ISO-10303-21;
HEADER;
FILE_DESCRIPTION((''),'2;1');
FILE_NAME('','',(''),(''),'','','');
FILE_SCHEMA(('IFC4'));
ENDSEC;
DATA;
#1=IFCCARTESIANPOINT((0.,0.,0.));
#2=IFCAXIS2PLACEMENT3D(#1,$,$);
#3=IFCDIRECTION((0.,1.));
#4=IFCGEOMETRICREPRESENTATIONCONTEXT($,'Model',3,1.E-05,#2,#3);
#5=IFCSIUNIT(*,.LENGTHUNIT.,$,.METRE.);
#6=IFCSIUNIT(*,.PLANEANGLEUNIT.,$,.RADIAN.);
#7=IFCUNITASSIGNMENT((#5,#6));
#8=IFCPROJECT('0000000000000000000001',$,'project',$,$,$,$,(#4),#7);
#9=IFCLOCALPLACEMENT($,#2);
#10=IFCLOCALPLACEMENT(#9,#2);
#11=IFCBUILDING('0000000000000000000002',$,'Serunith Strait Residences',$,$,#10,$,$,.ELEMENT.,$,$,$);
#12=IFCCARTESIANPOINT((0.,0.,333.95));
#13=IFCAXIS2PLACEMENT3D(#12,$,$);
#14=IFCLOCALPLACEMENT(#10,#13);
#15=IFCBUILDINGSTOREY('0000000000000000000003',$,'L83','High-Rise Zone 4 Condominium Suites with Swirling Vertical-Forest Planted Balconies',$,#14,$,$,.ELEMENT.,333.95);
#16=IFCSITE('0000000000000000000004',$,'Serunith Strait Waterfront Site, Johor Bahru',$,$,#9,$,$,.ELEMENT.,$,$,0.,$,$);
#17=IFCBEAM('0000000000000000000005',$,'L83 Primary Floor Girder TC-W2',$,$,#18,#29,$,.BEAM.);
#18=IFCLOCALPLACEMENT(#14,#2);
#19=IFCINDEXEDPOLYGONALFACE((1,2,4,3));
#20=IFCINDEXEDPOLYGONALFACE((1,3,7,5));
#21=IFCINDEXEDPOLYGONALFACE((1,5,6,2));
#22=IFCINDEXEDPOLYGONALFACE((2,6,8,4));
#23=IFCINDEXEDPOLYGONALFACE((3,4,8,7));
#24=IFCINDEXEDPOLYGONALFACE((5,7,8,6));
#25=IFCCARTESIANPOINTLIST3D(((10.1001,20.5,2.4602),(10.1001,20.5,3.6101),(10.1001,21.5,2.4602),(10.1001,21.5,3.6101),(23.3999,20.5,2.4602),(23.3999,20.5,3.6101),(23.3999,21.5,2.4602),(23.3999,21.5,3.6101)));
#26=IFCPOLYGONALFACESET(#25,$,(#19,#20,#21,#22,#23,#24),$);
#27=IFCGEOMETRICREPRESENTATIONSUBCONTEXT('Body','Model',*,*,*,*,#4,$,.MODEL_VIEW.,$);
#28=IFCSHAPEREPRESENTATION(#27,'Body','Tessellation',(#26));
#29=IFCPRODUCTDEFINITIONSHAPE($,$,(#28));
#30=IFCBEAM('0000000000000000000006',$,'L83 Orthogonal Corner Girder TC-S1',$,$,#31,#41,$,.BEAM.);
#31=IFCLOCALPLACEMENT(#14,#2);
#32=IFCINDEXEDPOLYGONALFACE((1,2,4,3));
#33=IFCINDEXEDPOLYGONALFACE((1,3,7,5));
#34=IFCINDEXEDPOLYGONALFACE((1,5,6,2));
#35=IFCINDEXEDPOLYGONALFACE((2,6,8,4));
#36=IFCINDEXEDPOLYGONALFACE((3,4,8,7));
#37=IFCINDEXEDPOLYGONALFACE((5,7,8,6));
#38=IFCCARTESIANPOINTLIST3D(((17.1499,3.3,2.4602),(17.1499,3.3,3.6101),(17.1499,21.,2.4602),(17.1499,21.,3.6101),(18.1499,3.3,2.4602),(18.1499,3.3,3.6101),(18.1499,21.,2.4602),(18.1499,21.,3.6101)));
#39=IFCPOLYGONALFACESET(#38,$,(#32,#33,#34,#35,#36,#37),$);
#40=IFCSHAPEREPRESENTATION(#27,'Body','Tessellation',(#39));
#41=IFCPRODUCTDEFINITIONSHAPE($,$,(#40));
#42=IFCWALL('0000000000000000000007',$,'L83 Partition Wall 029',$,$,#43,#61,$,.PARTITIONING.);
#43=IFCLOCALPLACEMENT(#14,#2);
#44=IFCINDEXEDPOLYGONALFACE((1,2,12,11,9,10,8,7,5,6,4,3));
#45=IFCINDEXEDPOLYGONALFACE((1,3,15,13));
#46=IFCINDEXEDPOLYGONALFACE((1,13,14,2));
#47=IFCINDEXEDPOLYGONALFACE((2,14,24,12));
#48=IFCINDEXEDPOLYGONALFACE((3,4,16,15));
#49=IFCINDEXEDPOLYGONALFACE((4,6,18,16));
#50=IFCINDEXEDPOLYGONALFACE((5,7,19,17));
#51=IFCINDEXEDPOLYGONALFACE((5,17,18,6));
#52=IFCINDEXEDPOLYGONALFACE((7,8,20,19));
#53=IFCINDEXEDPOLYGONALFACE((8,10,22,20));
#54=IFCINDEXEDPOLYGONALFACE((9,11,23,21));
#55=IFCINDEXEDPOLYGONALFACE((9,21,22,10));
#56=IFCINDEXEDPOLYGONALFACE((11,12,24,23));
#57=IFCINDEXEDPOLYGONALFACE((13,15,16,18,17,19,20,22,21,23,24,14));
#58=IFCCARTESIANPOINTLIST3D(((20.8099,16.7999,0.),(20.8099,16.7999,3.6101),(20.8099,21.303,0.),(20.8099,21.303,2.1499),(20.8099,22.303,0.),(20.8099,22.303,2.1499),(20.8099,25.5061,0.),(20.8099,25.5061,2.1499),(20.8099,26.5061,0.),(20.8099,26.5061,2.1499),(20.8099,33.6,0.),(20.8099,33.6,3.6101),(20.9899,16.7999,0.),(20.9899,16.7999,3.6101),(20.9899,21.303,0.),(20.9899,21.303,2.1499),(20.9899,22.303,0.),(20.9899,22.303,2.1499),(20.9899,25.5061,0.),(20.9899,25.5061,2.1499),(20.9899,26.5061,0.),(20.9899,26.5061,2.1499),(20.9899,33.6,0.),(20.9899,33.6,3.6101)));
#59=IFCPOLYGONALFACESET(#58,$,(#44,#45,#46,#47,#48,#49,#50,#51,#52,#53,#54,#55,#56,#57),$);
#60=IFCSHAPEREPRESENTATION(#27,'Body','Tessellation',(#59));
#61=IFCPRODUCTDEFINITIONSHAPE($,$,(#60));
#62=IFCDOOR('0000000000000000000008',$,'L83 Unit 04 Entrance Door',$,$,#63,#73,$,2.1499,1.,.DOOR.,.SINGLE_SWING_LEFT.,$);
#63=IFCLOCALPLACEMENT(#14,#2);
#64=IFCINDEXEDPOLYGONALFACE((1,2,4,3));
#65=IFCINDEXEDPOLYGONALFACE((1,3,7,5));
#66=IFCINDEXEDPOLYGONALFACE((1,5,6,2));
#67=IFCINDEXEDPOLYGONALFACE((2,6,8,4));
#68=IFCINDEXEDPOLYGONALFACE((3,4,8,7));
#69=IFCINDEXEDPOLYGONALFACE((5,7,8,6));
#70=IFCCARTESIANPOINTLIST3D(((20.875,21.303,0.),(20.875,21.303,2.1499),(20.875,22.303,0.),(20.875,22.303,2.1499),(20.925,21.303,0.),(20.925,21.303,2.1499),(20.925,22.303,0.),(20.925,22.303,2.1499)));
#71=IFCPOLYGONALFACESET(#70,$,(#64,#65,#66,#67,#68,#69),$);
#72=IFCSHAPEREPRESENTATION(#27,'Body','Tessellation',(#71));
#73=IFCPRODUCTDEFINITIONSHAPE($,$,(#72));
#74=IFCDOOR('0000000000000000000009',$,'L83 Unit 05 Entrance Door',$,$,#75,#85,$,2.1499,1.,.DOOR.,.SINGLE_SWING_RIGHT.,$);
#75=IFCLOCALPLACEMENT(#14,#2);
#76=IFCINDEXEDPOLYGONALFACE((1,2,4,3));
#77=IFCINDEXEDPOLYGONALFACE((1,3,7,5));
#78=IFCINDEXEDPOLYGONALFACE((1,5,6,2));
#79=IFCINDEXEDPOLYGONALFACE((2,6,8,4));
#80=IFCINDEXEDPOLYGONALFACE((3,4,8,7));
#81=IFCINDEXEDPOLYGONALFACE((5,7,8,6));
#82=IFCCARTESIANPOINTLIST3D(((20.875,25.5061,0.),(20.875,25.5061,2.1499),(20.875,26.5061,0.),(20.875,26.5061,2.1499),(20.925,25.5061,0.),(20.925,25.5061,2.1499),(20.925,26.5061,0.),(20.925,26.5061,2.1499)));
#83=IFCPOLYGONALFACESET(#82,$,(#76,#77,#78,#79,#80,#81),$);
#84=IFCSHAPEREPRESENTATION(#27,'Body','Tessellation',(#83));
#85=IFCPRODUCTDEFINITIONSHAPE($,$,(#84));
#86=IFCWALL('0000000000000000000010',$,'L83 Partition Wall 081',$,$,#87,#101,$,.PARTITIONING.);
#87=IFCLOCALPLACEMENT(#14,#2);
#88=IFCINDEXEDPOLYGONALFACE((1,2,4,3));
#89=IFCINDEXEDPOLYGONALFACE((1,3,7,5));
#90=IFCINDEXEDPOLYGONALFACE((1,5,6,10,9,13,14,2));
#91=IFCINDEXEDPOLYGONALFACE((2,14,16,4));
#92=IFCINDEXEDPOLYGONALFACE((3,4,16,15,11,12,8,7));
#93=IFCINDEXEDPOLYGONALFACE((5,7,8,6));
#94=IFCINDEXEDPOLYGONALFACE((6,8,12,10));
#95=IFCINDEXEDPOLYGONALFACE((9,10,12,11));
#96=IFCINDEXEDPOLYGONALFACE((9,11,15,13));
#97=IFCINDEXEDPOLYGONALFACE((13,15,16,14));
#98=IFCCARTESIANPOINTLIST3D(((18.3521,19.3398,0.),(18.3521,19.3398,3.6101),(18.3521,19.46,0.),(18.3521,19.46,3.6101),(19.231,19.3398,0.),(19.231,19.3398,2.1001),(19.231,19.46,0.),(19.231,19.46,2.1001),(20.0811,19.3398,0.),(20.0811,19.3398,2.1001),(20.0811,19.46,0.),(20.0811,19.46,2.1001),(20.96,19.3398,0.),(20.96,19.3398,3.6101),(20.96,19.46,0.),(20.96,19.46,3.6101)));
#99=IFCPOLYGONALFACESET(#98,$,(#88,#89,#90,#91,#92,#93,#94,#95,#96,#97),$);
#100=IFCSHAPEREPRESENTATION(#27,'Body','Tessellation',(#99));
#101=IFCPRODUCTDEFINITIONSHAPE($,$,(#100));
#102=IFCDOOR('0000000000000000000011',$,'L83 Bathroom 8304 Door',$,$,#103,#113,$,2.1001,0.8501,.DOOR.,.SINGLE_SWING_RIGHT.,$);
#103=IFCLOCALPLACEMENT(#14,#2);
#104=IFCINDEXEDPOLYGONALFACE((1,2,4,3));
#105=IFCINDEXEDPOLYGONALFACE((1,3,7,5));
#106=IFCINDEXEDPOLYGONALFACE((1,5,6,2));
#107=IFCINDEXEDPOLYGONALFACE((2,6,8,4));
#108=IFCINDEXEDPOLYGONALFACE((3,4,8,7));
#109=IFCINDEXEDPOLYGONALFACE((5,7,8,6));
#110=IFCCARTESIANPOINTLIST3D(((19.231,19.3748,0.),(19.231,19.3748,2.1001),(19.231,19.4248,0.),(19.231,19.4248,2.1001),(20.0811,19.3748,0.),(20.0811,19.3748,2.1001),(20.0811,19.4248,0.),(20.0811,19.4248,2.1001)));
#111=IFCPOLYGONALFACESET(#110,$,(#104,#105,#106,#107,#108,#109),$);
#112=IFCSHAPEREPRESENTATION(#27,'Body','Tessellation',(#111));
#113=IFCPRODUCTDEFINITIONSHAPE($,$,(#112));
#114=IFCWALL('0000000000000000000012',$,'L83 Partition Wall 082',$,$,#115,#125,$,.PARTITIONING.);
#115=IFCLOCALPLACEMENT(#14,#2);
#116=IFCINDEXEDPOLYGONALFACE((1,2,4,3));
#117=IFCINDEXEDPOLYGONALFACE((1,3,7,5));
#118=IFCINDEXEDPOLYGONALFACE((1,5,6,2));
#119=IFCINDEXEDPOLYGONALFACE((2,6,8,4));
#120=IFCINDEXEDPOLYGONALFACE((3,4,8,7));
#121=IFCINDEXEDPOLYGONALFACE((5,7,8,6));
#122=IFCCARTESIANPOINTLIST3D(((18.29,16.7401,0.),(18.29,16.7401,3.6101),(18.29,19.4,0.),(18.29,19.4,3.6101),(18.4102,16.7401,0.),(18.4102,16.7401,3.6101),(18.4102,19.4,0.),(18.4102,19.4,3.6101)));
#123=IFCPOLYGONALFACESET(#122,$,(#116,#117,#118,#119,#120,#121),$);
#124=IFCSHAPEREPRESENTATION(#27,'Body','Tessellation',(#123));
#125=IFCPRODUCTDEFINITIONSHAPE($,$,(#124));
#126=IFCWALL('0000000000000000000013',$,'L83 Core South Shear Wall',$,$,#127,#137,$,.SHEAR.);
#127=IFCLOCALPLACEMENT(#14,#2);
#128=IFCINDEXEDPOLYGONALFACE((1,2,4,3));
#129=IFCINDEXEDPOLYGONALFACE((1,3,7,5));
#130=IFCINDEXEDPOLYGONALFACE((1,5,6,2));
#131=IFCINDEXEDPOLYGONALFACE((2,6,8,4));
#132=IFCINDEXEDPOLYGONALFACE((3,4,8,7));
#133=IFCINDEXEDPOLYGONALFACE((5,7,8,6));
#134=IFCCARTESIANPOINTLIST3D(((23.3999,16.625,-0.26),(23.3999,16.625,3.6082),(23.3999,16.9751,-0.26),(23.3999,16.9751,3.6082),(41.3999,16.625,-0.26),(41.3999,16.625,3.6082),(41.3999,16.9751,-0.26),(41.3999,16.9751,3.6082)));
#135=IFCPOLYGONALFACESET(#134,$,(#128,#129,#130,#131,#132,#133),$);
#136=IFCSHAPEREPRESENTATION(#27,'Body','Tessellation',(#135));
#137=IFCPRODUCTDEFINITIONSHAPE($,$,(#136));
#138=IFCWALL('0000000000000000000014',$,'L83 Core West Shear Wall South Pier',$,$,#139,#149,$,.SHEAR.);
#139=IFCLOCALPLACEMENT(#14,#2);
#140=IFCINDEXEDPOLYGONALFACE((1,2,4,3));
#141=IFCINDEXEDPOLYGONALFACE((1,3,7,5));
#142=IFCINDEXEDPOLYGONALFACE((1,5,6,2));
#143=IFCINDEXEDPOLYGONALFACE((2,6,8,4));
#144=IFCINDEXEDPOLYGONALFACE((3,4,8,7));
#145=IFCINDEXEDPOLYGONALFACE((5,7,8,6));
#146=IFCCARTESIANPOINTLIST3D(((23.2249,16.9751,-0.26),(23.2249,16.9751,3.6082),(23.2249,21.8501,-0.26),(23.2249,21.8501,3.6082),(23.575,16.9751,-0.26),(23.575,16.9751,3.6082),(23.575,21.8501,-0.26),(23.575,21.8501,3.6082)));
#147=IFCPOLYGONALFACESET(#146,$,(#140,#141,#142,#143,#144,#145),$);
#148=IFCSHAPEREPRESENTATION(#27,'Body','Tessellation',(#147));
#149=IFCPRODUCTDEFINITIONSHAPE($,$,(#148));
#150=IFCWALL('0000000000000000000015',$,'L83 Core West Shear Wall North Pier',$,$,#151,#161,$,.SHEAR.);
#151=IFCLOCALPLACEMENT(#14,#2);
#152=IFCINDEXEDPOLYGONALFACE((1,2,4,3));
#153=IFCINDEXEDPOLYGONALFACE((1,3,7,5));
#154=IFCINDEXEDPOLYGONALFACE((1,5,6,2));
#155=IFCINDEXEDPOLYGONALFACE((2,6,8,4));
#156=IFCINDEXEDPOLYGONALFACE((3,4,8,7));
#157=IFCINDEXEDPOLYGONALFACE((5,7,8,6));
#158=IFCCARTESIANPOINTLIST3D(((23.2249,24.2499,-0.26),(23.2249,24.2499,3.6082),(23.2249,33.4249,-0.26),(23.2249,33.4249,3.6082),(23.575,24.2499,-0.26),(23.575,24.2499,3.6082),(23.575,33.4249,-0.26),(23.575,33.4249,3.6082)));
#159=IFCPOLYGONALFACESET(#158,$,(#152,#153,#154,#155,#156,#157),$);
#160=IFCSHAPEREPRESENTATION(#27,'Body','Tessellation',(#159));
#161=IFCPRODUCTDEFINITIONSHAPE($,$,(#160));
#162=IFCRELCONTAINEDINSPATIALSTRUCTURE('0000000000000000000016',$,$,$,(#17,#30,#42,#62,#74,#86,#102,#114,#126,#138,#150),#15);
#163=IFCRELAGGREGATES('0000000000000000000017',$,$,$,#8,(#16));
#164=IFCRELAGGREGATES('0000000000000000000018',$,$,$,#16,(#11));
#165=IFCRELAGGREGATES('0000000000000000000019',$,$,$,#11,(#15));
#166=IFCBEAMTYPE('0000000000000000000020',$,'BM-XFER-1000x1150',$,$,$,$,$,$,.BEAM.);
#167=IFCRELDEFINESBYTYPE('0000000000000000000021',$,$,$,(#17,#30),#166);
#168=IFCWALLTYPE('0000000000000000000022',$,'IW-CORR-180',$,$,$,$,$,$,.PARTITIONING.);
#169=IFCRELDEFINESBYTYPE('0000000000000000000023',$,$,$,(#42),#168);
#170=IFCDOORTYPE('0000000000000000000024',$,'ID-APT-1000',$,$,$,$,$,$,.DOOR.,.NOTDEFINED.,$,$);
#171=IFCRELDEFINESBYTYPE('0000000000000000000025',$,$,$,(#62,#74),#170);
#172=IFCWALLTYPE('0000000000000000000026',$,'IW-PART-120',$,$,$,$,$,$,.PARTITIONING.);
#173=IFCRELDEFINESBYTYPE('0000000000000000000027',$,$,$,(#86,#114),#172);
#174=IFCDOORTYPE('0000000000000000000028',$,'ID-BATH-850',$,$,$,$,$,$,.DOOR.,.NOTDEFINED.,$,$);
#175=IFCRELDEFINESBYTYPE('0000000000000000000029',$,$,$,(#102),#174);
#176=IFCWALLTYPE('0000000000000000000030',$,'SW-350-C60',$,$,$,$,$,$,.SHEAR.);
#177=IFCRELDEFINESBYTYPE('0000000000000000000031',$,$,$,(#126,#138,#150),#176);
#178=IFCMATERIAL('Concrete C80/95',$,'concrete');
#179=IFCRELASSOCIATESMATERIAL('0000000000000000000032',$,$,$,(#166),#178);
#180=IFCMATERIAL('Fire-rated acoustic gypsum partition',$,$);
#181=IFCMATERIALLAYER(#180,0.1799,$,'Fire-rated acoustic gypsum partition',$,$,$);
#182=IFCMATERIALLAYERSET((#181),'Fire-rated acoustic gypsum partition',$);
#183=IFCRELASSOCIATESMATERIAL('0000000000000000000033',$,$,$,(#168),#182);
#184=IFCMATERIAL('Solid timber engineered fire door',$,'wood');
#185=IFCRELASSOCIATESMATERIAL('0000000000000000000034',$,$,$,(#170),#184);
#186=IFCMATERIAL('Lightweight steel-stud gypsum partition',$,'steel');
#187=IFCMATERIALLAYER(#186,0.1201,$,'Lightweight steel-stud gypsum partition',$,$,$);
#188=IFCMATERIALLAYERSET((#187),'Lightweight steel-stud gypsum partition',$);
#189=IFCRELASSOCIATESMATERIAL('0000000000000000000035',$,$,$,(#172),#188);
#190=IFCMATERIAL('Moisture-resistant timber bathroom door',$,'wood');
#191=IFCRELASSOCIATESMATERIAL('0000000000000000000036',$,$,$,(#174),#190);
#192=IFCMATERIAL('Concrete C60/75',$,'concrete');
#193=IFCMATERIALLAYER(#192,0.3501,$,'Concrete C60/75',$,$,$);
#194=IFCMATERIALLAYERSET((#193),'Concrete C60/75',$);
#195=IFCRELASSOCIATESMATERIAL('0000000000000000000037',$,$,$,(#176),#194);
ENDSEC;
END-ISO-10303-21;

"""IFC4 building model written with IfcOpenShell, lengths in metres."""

from ifc_helpers import new_model, si_unit, direction, frame, frame_2d, origin, origin_2d, place, context, subcontext, project, spatial, rectangle, extrude, source, transform, mapped, material, layer, layer_set, material_profile, profile_set, type_object, element, fill, save


model = new_model("IFC4")

# Units and contexts
model_context = context("Model", 3, precision=1e-05, world=origin(), true_north=direction((0.0, 1.0)))
body_context = subcontext(model_context, "Body", "Model", "MODEL_VIEW")
ifc_project = project(units=[si_unit("LENGTHUNIT", "METRE"), si_unit("PLANEANGLEUNIT", "RADIAN")], contexts=[model_context])

# Site, building, storey
site_placement = place(None, origin())
site = spatial("IfcSite", under=ifc_project, at=site_placement, Name="Serunith Strait Waterfront Site, Johor Bahru", CompositionType="ELEMENT", RefElevation=0.0)
building_placement = place(site_placement, origin())
building = spatial("IfcBuilding", under=site, at=building_placement, Name="Serunith Strait Residences", CompositionType="ELEMENT")
storey_placement = place(building_placement, frame((0.0, 0.0, 333.95)))
storey = spatial("IfcBuildingStorey", under=building, at=storey_placement, Name="L83", Description="High-Rise Zone 4 Condominium Suites with Swirling Vertical-Forest Planted Balconies", CompositionType="ELEMENT", Elevation=333.95)

# Beams
ifc_material_1 = material(Name="Concrete C80/95", Category="concrete")
ifc_material_profile = material_profile(ifc_material_1, rectangle(XDim=1.0, YDim=1.1499, at=origin_2d()), Name="RC 1000x1150")
ifc_profile_set = profile_set([ifc_material_profile], Name="Concrete C80/95")
beam_type = type_object("IfcBeamType", Name="BM-XFER-1000x1150", PredefinedType="BEAM", material=ifc_profile_set)
shared_shape_1 = source(origin(), body_context, "Body", "SweptSolid", [
    extrude(rectangle(XDim=1.0, YDim=1.1499, at=origin_2d()), origin(), (0.0, 0.0, 1.0), 13.2998),
])
beam_1_placement = place(storey_placement, frame((23.3999, 21.0, 3.0352), z_axis=(-1.0, 0.0, 0.0), x_axis=(0.0, -1.0, 0.0)))
element("IfcBeam", 1, at=beam_1_placement, inside=storey, type_object=beam_type, Name="L83 Primary Floor Girder TC-W2", PredefinedType="BEAM", context=body_context, shape_type="MappedRepresentation", body=[
    mapped(shared_shape_1, transform((0.0, 0.0, 0.0), scale=1.0)),
])
shared_shape_2 = source(origin(), body_context, "Body", "SweptSolid", [
    extrude(rectangle(XDim=1.0, YDim=1.1499, at=origin_2d()), origin(), (0.0, 0.0, 1.0), 17.7),
])
beam_2_placement = place(storey_placement, frame((17.6499, 21.0, 3.0352), z_axis=(0.0, -1.0, 0.0), x_axis=(1.0, 0.0, 0.0)))
element("IfcBeam", 2, at=beam_2_placement, inside=storey, type_object=beam_type, Name="L83 Orthogonal Corner Girder TC-S1", PredefinedType="BEAM", context=body_context, shape_type="MappedRepresentation", body=[
    mapped(shared_shape_2, transform((0.0, 0.0, 0.0), scale=1.0)),
])

# Shared definitions
ifc_material_2 = material(Name="Fire-rated acoustic gypsum partition")
ifc_layer_1 = layer(ifc_material_2, 0.1799, Name="Fire-rated acoustic gypsum partition")
ifc_layer_set_1 = layer_set([ifc_layer_1], Name="Fire-rated acoustic gypsum partition")
wall_type_1 = type_object("IfcWallType", Name="IW-CORR-180", PredefinedType="PARTITIONING", material=ifc_layer_set_1)
ifc_material_3 = material(Name="Solid timber engineered fire door", Category="wood")
door_type_1 = type_object("IfcDoorType", Name="ID-APT-1000", OperationType="NOTDEFINED", PredefinedType="DOOR", material=ifc_material_3)
shared_shape_3 = source(origin(), body_context, "Body", "SweptSolid", [
    extrude(rectangle(XDim=1.0, YDim=2.1499, at=frame_2d((0.5, 1.075))), frame((0.0, 0.0249, 0.0), z_axis=(0.0, -1.0, 0.0), x_axis=(1.0, 0.0, 0.0)), (0.0, 0.0, 1.0), 0.05),
])

# Wall, openings, doors
wall_1_placement = place(storey_placement, frame((20.8999, 16.8, 0.0), z_axis=(0.0, 0.0, 1.0), x_axis=(0.0, 1.0, 0.0)))
wall_1 = element("IfcWall", 3, at=wall_1_placement, inside=storey, type_object=wall_type_1, Name="L83 Partition Wall 029", PredefinedType="PARTITIONING", context=body_context, shape_type="SweptSolid", body=[
    extrude(rectangle(XDim=16.8, YDim=0.1799, at=frame_2d((8.3999, 0.0))), origin(), (0.0, 0.0, 1.0), 3.6101),
])
opening_1_placement = place(wall_1_placement, frame((4.5029, 0.0, 0.0)))
opening_1 = element("IfcOpeningElement", 4, at=opening_1_placement, cuts=wall_1, PredefinedType="OPENING", context=body_context, shape_type="SweptSolid", body=[
    extrude(rectangle(XDim=1.0, YDim=2.1499, at=frame_2d((0.5, 1.075))), frame((0.0, 0.1001, 0.0), z_axis=(0.0, -1.0, 0.0), x_axis=(1.0, 0.0, 0.0)), (0.0, 0.0, 1.0), 0.2),
])
opening_2_placement = place(wall_1_placement, frame((8.7061, 0.0, 0.0)))
opening_2 = element("IfcOpeningElement", 5, at=opening_2_placement, cuts=wall_1, PredefinedType="OPENING", context=body_context, shape_type="SweptSolid", body=[
    extrude(rectangle(XDim=1.0, YDim=2.1499, at=frame_2d((0.5, 1.075))), frame((0.0, 0.1001, 0.0), z_axis=(0.0, -1.0, 0.0), x_axis=(1.0, 0.0, 0.0)), (0.0, 0.0, 1.0), 0.2),
])
door_1_placement = place(opening_1_placement, origin())
door_1 = element("IfcDoor", 6, at=door_1_placement, inside=storey, type_object=door_type_1, Name="L83 Unit 04 Entrance Door", OperationType="SINGLE_SWING_LEFT", OverallHeight=2.1499, OverallWidth=1.0, PredefinedType="DOOR", context=body_context, shape_type="MappedRepresentation", body=[
    mapped(shared_shape_3, transform((0.0, 0.0, 0.0), scale=1.0)),
])
fill(opening_1, door_1)
door_2_placement = place(opening_2_placement, origin())
door_2 = element("IfcDoor", 7, at=door_2_placement, inside=storey, type_object=door_type_1, Name="L83 Unit 05 Entrance Door", OperationType="SINGLE_SWING_RIGHT", OverallHeight=2.1499, OverallWidth=1.0, PredefinedType="DOOR", context=body_context, shape_type="MappedRepresentation", body=[
    mapped(shared_shape_3, transform((0.0, 0.0, 0.0), scale=1.0)),
])
fill(opening_2, door_2)

# Wall, opening, door
ifc_material_4 = material(Name="Lightweight steel-stud gypsum partition", Category="steel")
ifc_layer_2 = layer(ifc_material_4, 0.1201, Name="Lightweight steel-stud gypsum partition")
ifc_layer_set_2 = layer_set([ifc_layer_2], Name="Lightweight steel-stud gypsum partition")
wall_type_2 = type_object("IfcWallType", Name="IW-PART-120", PredefinedType="PARTITIONING", material=ifc_layer_set_2)
wall_2_placement = place(storey_placement, frame((18.3521, 19.3999, 0.0), z_axis=(0.0, 0.0, 1.0), x_axis=(1.0, 0.0, 0.0)))
wall_2 = element("IfcWall", 8, at=wall_2_placement, inside=storey, type_object=wall_type_2, Name="L83 Partition Wall 081", PredefinedType="PARTITIONING", context=body_context, shape_type="SweptSolid", body=[
    extrude(rectangle(XDim=2.6079, YDim=0.1201, at=frame_2d((1.304, 0.0))), origin(), (0.0, 0.0, 1.0), 3.6101),
])
opening_3_placement = place(wall_2_placement, frame((0.8789, 0.0, 0.0)))
opening_3 = element("IfcOpeningElement", 9, at=opening_3_placement, cuts=wall_2, PredefinedType="OPENING", context=body_context, shape_type="SweptSolid", body=[
    extrude(rectangle(XDim=0.8501, YDim=2.1001, at=frame_2d((0.425, 1.05))), frame((0.0, 0.0701, 0.0), z_axis=(0.0, -1.0, 0.0), x_axis=(1.0, 0.0, 0.0)), (0.0, 0.0, 1.0), 0.1401),
])
ifc_material_5 = material(Name="Moisture-resistant timber bathroom door", Category="wood")
door_type_2 = type_object("IfcDoorType", Name="ID-BATH-850", OperationType="NOTDEFINED", PredefinedType="DOOR", material=ifc_material_5)
shared_shape_4 = source(origin(), body_context, "Body", "SweptSolid", [
    extrude(rectangle(XDim=0.8501, YDim=2.1001, at=frame_2d((0.425, 1.05))), frame((0.0, 0.0249, 0.0), z_axis=(0.0, -1.0, 0.0), x_axis=(1.0, 0.0, 0.0)), (0.0, 0.0, 1.0), 0.05),
])
door_3_placement = place(opening_3_placement, origin())
door_3 = element("IfcDoor", 10, at=door_3_placement, inside=storey, type_object=door_type_2, Name="L83 Bathroom 8304 Door", OperationType="SINGLE_SWING_RIGHT", OverallHeight=2.1001, OverallWidth=0.8501, PredefinedType="DOOR", context=body_context, shape_type="MappedRepresentation", body=[
    mapped(shared_shape_4, transform((0.0, 0.0, 0.0), scale=1.0)),
])
fill(opening_3, door_3)

# Wall
wall_3_placement = place(storey_placement, frame((18.3501, 16.74, 0.0), z_axis=(0.0, 0.0, 1.0), x_axis=(0.0, 1.0, 0.0)))
element("IfcWall", 11, at=wall_3_placement, inside=storey, type_object=wall_type_2, Name="L83 Partition Wall 082", PredefinedType="PARTITIONING", context=body_context, shape_type="SweptSolid", body=[
    extrude(rectangle(XDim=2.6599, YDim=0.1201, at=frame_2d((1.3301, 0.0))), origin(), (0.0, 0.0, 1.0), 3.6101),
])

# Walls
ifc_material_6 = material(Name="Concrete C60/75", Category="concrete")
ifc_layer_3 = layer(ifc_material_6, 0.3501, Name="Concrete C60/75")
ifc_layer_set_3 = layer_set([ifc_layer_3], Name="Concrete C60/75")
wall_type_3 = type_object("IfcWallType", Name="SW-350-C60", PredefinedType="SHEAR", material=ifc_layer_set_3)
wall_4_placement = place(storey_placement, frame((23.3999, 16.8, -0.26), z_axis=(0.0, 0.0, 1.0), x_axis=(1.0, 0.0, 0.0)))
element("IfcWall", 12, at=wall_4_placement, inside=storey, type_object=wall_type_3, Name="L83 Core South Shear Wall", PredefinedType="SHEAR", context=body_context, shape_type="SweptSolid", body=[
    extrude(rectangle(XDim=18.0, YDim=0.3501, at=frame_2d((9.0, 0.0))), origin(), (0.0, 0.0, 1.0), 3.8682),
])
wall_5_placement = place(storey_placement, frame((23.3999, 16.9751, -0.26), z_axis=(0.0, 0.0, 1.0), x_axis=(0.0, 1.0, 0.0)))
element("IfcWall", 13, at=wall_5_placement, inside=storey, type_object=wall_type_3, Name="L83 Core West Shear Wall South Pier", PredefinedType="SHEAR", context=body_context, shape_type="SweptSolid", body=[
    extrude(rectangle(XDim=4.875, YDim=0.3501, at=frame_2d((2.4375, 0.0))), origin(), (0.0, 0.0, 1.0), 3.8682),
])
wall_6_placement = place(storey_placement, frame((23.3999, 24.25, -0.26), z_axis=(0.0, 0.0, 1.0), x_axis=(0.0, 1.0, 0.0)))
element("IfcWall", 14, at=wall_6_placement, inside=storey, type_object=wall_type_3, Name="L83 Core West Shear Wall North Pier", PredefinedType="SHEAR", context=body_context, shape_type="SweptSolid", body=[
    extrude(rectangle(XDim=9.175, YDim=0.3501, at=frame_2d((4.5874, 0.0))), origin(), (0.0, 0.0, 1.0), 3.8682),
])

save(model, "model.ifc")
